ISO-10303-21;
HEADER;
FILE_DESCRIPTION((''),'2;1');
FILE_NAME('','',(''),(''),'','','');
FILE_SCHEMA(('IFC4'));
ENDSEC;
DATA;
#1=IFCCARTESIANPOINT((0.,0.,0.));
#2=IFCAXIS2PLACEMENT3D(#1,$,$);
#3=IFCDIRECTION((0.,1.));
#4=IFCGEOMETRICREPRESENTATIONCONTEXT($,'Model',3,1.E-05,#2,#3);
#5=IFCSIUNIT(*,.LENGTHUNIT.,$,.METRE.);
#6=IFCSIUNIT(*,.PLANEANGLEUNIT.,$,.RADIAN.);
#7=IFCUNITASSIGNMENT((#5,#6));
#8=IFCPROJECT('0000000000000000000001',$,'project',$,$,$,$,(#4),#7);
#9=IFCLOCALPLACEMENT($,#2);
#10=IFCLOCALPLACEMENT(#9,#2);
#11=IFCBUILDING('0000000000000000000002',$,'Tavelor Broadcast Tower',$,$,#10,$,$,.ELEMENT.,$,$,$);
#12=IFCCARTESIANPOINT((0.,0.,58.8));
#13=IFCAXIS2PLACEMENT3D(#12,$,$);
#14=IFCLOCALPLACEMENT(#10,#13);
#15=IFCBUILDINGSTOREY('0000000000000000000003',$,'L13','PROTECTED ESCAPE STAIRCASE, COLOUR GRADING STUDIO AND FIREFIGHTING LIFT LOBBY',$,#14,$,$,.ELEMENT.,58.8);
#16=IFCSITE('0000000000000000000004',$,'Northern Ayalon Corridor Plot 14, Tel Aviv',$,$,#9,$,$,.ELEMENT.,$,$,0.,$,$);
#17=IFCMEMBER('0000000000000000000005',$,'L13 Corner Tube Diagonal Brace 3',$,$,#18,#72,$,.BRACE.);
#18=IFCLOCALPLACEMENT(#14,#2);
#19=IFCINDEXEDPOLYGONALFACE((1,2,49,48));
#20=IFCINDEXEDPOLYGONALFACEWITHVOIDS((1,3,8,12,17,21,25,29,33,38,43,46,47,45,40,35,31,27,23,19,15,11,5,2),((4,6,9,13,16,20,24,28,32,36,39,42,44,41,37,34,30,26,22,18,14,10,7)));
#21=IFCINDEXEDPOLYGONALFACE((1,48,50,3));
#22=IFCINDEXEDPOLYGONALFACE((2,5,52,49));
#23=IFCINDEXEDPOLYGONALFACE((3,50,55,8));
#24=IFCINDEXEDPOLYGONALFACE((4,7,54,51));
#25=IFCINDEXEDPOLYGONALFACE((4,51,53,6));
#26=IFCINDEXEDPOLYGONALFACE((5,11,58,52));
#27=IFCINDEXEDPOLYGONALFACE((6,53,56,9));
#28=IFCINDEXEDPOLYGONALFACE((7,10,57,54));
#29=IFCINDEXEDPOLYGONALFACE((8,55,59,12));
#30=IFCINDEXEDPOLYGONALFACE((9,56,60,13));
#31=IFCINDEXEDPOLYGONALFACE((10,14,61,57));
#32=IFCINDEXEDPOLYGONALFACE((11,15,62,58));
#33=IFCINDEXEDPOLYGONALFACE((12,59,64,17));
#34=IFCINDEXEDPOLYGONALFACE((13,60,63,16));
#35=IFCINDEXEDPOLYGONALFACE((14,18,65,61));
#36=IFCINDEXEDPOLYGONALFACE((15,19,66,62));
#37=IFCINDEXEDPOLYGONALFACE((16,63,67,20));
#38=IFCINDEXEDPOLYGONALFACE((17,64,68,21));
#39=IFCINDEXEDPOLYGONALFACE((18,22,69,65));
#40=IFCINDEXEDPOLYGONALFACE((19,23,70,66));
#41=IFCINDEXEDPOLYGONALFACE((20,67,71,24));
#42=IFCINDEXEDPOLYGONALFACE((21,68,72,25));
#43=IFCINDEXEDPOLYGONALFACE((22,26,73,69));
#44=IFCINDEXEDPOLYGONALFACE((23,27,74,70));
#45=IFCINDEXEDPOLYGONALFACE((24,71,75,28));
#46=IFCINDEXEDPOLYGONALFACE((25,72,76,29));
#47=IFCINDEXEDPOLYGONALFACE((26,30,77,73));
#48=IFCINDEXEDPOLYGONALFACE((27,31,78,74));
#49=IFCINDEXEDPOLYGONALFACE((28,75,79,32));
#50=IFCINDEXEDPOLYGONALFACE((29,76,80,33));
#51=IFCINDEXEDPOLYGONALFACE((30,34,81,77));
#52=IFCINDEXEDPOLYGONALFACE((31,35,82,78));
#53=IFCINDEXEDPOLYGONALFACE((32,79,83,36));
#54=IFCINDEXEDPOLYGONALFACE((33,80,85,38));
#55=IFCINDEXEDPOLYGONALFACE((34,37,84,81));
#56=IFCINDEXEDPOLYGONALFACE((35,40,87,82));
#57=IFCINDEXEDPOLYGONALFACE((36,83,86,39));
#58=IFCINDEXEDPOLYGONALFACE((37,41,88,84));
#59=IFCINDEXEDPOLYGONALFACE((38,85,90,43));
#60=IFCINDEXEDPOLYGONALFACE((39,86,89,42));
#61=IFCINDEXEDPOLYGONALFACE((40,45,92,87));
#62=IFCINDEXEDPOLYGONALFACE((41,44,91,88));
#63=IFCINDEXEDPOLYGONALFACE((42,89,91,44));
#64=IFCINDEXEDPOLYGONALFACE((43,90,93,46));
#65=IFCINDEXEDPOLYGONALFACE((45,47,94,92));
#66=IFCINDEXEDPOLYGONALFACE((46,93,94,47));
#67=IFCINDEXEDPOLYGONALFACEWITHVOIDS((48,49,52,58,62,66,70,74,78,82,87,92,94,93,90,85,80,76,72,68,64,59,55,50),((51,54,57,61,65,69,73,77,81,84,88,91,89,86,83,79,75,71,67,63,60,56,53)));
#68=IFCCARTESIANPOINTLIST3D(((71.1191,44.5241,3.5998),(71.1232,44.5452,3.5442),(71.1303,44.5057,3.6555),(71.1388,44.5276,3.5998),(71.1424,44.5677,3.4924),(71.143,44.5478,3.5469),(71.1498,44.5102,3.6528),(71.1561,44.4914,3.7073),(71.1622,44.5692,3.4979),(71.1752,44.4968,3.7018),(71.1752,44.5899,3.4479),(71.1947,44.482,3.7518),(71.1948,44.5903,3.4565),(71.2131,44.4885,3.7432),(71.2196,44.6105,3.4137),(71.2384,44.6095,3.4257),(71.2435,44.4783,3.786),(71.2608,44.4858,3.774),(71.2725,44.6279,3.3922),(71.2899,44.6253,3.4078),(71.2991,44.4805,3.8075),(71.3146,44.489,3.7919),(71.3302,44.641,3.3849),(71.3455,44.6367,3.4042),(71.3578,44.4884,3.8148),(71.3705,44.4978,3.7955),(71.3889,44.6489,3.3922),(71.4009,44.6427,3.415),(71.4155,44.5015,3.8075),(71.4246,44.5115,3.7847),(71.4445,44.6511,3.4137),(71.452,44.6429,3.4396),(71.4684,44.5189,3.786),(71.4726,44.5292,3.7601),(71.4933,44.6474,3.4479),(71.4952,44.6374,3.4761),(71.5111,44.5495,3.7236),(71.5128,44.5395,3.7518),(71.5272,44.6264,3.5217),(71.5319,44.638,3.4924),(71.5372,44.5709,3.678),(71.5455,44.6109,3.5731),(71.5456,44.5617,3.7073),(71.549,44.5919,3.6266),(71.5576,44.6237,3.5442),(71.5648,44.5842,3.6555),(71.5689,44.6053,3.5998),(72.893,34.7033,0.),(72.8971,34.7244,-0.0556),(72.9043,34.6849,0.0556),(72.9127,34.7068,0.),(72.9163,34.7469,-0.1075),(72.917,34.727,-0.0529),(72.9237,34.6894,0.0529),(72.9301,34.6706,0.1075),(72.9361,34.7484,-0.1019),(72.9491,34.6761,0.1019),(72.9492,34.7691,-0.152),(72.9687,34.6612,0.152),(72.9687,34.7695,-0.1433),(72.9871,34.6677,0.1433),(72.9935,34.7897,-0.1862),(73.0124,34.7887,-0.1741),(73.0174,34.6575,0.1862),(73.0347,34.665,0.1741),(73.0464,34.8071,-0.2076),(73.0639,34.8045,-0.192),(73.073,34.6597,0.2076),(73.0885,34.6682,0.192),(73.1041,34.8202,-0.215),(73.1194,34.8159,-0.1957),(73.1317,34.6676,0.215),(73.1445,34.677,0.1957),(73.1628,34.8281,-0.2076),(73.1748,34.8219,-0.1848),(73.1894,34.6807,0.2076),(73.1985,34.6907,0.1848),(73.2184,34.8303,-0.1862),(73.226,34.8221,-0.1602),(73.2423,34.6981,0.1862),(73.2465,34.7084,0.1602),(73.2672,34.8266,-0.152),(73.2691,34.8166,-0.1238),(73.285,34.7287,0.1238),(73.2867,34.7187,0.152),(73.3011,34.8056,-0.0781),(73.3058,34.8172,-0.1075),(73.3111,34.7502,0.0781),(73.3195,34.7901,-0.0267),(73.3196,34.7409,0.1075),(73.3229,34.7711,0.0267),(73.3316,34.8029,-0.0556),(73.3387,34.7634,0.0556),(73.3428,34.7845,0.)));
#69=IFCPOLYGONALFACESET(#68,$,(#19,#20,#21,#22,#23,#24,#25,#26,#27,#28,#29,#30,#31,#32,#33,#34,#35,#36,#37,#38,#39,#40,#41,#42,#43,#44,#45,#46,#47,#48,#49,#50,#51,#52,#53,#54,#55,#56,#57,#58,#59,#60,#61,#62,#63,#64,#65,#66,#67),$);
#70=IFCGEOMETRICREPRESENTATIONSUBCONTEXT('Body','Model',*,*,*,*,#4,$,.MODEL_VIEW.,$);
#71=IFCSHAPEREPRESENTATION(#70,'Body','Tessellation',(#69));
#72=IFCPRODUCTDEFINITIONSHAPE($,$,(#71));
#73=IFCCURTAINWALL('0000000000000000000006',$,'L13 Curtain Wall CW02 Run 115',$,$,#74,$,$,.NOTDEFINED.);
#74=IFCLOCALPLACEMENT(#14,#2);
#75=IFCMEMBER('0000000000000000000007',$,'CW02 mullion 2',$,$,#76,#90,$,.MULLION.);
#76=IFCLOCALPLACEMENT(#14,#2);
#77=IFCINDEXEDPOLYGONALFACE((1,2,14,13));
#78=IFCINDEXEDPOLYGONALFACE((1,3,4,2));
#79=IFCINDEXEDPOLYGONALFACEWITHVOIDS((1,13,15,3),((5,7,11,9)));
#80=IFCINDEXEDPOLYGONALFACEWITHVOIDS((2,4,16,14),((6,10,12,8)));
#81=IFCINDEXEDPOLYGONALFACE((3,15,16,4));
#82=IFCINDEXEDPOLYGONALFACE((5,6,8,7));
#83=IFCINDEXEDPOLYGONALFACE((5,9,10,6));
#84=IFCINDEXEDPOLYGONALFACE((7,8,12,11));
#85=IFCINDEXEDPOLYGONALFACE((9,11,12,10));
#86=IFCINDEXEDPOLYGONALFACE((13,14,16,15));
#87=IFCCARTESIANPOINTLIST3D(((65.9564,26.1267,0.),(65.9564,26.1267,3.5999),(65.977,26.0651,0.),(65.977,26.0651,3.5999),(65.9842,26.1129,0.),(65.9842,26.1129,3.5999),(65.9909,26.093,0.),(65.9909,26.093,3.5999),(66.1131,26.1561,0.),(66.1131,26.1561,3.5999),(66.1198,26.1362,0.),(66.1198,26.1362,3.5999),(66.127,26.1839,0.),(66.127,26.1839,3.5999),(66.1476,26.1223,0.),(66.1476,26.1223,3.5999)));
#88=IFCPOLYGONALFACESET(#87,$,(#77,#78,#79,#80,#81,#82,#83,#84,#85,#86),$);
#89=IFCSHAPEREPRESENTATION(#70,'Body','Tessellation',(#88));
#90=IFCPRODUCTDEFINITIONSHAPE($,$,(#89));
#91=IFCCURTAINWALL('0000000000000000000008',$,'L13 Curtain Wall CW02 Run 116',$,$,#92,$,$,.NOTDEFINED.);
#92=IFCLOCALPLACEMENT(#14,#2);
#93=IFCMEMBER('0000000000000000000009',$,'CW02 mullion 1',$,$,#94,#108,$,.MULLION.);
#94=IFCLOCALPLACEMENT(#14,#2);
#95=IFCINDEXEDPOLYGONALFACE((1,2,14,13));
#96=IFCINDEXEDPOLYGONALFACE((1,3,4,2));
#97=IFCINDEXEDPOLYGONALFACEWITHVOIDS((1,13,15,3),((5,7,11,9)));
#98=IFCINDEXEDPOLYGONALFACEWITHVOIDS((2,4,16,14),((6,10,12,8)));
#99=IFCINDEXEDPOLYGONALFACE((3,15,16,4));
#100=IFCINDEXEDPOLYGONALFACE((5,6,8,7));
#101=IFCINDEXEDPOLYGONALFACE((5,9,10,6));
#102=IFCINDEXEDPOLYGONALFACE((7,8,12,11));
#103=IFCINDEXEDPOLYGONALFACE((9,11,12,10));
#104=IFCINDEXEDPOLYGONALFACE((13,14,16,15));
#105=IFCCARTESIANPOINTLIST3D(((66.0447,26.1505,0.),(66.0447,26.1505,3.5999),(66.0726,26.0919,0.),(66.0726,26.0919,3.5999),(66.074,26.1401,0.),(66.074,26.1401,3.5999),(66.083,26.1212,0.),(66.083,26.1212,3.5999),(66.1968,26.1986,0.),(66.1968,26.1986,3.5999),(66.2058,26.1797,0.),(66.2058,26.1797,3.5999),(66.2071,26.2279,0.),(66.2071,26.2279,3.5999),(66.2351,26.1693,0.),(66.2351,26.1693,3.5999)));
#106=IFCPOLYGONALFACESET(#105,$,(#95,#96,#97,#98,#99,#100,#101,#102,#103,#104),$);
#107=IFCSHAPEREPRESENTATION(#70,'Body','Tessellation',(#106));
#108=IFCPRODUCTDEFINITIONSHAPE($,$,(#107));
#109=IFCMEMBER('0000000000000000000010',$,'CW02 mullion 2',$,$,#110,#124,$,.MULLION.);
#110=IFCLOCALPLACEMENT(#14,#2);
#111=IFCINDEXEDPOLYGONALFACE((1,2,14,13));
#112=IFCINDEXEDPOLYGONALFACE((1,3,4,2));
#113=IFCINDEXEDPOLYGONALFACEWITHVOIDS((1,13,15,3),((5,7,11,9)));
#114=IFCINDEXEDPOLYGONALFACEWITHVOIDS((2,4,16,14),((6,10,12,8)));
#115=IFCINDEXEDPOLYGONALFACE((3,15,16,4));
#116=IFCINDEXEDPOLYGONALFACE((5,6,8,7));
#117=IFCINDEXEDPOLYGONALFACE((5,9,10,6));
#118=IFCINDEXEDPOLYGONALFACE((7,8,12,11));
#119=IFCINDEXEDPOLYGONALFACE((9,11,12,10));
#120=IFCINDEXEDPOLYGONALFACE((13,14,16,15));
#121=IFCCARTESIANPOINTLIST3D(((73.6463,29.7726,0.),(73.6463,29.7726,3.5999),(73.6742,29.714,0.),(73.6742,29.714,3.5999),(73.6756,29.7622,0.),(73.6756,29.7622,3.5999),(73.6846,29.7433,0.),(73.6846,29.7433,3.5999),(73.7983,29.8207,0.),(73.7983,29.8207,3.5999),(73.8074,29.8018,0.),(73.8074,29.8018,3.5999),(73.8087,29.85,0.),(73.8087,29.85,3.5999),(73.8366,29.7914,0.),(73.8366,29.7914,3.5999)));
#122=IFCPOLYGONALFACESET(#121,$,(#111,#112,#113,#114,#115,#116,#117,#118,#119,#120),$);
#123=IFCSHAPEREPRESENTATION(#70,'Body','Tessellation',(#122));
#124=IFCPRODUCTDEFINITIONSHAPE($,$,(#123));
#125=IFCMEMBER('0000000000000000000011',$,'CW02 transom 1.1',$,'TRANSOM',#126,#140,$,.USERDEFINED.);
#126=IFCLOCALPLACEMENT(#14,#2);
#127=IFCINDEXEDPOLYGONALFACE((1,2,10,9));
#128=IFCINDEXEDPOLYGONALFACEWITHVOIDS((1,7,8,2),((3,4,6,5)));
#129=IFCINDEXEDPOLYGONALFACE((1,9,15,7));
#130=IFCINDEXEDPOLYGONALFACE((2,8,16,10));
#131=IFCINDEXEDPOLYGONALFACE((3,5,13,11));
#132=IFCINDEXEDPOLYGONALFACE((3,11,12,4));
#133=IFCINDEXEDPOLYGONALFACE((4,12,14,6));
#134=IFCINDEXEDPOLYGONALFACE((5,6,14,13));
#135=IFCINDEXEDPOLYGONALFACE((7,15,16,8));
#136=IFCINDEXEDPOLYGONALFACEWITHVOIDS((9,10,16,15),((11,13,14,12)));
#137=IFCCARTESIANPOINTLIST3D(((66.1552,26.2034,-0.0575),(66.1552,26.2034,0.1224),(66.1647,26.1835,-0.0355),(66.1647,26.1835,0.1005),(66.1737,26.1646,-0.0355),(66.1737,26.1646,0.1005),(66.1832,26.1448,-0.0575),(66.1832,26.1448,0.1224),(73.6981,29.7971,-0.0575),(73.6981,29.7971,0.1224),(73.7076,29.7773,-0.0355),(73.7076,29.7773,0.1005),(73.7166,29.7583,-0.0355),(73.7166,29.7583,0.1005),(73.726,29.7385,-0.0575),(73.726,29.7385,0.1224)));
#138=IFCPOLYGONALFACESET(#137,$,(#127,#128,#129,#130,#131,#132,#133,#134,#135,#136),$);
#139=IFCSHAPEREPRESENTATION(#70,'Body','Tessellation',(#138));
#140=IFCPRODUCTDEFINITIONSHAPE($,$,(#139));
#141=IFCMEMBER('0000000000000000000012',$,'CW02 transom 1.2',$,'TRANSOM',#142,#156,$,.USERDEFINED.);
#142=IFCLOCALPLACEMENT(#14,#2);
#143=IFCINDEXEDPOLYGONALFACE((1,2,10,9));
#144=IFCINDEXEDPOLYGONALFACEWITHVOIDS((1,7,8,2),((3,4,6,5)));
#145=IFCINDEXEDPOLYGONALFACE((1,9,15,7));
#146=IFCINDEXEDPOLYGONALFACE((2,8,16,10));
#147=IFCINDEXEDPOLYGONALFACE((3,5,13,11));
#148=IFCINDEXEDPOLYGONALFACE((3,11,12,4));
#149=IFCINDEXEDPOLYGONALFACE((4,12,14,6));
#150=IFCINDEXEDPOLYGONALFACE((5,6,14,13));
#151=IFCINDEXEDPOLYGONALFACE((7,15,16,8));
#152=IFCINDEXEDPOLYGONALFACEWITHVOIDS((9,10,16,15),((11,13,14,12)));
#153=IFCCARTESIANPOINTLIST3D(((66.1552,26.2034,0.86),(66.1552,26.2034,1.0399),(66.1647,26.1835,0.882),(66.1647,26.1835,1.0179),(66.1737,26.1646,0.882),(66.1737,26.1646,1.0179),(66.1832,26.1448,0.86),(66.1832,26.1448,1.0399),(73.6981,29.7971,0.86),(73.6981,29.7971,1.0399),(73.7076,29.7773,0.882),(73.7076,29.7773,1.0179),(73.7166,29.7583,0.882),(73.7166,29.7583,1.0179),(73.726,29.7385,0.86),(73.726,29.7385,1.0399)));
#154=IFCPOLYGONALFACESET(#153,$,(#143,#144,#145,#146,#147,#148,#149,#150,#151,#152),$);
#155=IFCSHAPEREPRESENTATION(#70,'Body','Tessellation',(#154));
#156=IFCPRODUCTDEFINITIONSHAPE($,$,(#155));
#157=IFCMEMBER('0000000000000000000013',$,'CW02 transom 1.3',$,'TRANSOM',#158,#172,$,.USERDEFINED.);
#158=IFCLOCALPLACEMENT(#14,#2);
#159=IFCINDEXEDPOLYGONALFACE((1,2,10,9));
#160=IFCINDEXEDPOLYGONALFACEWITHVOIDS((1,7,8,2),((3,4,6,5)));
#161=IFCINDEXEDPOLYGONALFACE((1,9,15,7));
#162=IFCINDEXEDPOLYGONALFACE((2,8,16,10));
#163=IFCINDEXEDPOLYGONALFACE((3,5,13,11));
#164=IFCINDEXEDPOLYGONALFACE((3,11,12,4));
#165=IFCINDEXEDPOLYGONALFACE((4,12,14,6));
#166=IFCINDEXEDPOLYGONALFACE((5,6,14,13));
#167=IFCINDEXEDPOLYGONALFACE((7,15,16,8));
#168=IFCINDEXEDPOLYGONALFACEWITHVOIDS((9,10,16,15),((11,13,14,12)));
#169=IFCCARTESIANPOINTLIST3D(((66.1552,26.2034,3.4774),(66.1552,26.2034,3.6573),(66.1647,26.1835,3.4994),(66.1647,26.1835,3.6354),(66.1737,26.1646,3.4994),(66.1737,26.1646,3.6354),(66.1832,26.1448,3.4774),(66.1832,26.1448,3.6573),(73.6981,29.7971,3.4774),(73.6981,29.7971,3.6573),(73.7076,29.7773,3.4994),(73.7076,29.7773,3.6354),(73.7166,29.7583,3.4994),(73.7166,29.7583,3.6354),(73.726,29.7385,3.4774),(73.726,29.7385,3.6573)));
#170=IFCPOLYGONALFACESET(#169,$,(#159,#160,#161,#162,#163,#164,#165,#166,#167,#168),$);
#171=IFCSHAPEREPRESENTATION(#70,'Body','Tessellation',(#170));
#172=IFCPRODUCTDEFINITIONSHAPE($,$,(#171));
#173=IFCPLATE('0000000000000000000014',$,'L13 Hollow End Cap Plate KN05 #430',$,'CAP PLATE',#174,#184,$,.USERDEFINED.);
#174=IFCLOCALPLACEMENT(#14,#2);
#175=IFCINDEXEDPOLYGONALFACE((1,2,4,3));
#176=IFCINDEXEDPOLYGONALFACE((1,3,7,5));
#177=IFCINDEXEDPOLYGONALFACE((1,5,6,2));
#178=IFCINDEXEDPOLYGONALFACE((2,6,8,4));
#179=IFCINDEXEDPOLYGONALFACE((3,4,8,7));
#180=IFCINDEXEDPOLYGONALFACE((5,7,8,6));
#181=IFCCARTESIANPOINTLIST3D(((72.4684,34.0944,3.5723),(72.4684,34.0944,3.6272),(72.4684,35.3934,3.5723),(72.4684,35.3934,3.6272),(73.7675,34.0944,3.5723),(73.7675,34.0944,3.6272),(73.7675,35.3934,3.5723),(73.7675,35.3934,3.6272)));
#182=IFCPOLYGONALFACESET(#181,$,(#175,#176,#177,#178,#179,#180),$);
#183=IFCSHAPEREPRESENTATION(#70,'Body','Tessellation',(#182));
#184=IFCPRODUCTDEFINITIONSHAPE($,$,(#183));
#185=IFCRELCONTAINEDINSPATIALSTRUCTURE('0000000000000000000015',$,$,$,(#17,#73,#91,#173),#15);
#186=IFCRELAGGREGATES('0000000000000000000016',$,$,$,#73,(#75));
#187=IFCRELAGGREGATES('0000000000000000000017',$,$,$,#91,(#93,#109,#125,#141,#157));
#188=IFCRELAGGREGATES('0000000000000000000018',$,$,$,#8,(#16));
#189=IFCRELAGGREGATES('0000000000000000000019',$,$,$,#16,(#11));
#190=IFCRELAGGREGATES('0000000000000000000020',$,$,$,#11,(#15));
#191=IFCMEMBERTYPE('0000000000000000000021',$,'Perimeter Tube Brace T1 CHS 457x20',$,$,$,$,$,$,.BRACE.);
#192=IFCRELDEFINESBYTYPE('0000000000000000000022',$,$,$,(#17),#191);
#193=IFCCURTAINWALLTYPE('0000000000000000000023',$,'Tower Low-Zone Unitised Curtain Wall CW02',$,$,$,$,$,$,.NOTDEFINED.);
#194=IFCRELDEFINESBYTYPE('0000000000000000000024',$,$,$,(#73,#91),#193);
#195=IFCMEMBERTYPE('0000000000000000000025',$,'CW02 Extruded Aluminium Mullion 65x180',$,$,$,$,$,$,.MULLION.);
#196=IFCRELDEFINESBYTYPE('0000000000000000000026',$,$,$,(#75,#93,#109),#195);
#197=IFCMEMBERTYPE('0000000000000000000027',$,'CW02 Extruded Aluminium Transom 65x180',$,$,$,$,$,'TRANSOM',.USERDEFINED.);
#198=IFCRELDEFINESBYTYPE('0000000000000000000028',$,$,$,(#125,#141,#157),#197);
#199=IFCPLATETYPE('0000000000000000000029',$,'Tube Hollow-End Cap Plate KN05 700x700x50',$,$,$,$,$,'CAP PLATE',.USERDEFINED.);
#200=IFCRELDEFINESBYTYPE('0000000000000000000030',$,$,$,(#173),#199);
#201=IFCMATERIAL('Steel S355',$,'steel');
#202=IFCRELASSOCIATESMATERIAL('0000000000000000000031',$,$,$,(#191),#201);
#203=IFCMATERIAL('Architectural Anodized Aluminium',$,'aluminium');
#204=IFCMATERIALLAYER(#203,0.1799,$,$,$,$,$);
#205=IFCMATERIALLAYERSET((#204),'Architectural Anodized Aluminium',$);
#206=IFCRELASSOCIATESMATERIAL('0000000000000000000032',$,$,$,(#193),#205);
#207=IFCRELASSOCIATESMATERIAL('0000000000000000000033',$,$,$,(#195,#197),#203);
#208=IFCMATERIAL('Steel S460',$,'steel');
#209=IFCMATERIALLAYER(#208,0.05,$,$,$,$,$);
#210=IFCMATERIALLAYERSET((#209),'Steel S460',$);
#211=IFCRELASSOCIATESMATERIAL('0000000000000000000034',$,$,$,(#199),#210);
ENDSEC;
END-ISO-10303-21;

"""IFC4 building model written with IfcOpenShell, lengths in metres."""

from ifc_helpers import new_model, si_unit, direction, frame, origin, origin_2d, place, context, subcontext, project, spatial, rectangle, hollow_rectangle, hollow_circle, extrude, source, transform, mapped, material, layer, layer_set, material_profile, profile_set, type_object, type_shapes, element, aggregate, save


model = new_model("IFC4")

# Units and contexts
model_context = context("Model", 3, precision=1e-05, world=origin(), true_north=direction((0.0, 1.0)))
body_context = subcontext(model_context, "Body", "Model", "MODEL_VIEW")
ifc_project = project(units=[si_unit("LENGTHUNIT", "METRE"), si_unit("PLANEANGLEUNIT", "RADIAN")], contexts=[model_context])

# Site, building, storey
site_placement = place(None, origin())
site = spatial("IfcSite", under=ifc_project, at=site_placement, Name="Northern Ayalon Corridor Plot 14, Tel Aviv", CompositionType="ELEMENT", RefElevation=0.0)
building_placement = place(site_placement, origin())
building = spatial("IfcBuilding", under=site, at=building_placement, Name="Tavelor Broadcast Tower", CompositionType="ELEMENT")
storey_placement = place(building_placement, frame((0.0, 0.0, 58.8)))
storey = spatial("IfcBuildingStorey", under=building, at=storey_placement, Name="L13", Description="PROTECTED ESCAPE STAIRCASE, COLOUR GRADING STUDIO AND FIREFIGHTING LIFT LOBBY", CompositionType="ELEMENT", Elevation=58.8)

# Shared definitions
ifc_material_1 = material(Name="Steel S460", Category="steel")

# Shared definitions
ifc_material_2 = material(Name="Steel S355", Category="steel")

# Member
ifc_material_profile_1 = material_profile(ifc_material_2, hollow_circle(Radius=0.2285, WallThickness=0.02, at=origin_2d()), Name="CHS 457x20")
ifc_profile_set_1 = profile_set([ifc_material_profile_1], Name="Steel S355")
member_type_1 = type_object("IfcMemberType", Name="Perimeter Tube Brace T1 CHS 457x20", PredefinedType="BRACE", material=ifc_profile_set_1)
member_1_placement = place(storey_placement, frame((73.1179, 34.7439, 0.0), z_axis=(-0.167207, 0.925692, 0.339316), x_axis=(-0.984075, -0.177753, 0.0)))
element("IfcMember", 1, at=member_1_placement, inside=storey, type_object=member_type_1, Name="L13 Corner Tube Diagonal Brace 3", PredefinedType="BRACE", context=body_context, shape_type="SweptSolid", body=[
    extrude(hollow_circle(Radius=0.2285, WallThickness=0.02, at=origin_2d()), origin(), (0.0, 0.0, 1.0), 10.6091),
])

# Curtain wall, member
ifc_material_3 = material(Name="Architectural Anodized Aluminium", Category="aluminium")
ifc_layer_1 = layer(ifc_material_3, 0.1799)
ifc_layer_set_1 = layer_set([ifc_layer_1], Name="Architectural Anodized Aluminium")
curtain_wall_type = type_object("IfcCurtainWallType", Name="Tower Low-Zone Unitised Curtain Wall CW02", PredefinedType="NOTDEFINED", material=ifc_layer_set_1)
curtain_wall_1_placement = place(storey_placement, origin())
curtain_wall_1 = element("IfcCurtainWall", 2, at=curtain_wall_1_placement, inside=storey, type_object=curtain_wall_type, Name="L13 Curtain Wall CW02 Run 115", PredefinedType="NOTDEFINED")
ifc_material_profile_2 = material_profile(ifc_material_3, hollow_rectangle(XDim=0.0649, YDim=0.1799, WallThickness=0.022, at=origin_2d()), Name="RHS 65x180x22")
ifc_profile_set_2 = profile_set([ifc_material_profile_2], Name="Architectural Anodized Aluminium")
member_type_2 = type_object("IfcMemberType", Name="CW02 Extruded Aluminium Mullion 65x180", PredefinedType="MULLION", material=ifc_profile_set_2)
shared_shape_1 = source(origin(), body_context, "Body", "SweptSolid", [
    extrude(hollow_rectangle(XDim=0.0649, YDim=0.1799, WallThickness=0.022, at=origin_2d()), origin(), (0.0, 0.0, 1.0), 3.5999),
])
type_shapes(member_type_2, [shared_shape_1])
member_2_placement = place(storey_placement, frame((66.052, 26.1245, 0.0), z_axis=(0.0, 0.0, 1.0), x_axis=(-0.317733, 0.94818, 0.0)))
member_2 = element("IfcMember", 3, at=member_2_placement, type_object=member_type_2, Name="CW02 mullion 2", PredefinedType="MULLION", context=body_context, shape_type="MappedRepresentation", body=[
    mapped(shared_shape_1, transform((0.0, 0.0, 0.0), scale=1.0)),
])
aggregate(curtain_wall_1, [member_2])

# Curtain wall, members
curtain_wall_2_placement = place(storey_placement, origin())
curtain_wall_2 = element("IfcCurtainWall", 4, at=curtain_wall_2_placement, inside=storey, type_object=curtain_wall_type, Name="L13 Curtain Wall CW02 Run 116", PredefinedType="NOTDEFINED")
member_3_placement = place(storey_placement, frame((66.1399, 26.1599, 0.0), z_axis=(0.0, 0.0, 1.0), x_axis=(-0.430134, 0.902765, 0.0)))
member_3 = element("IfcMember", 5, at=member_3_placement, type_object=member_type_2, Name="CW02 mullion 1", PredefinedType="MULLION", context=body_context, shape_type="MappedRepresentation", body=[
    mapped(shared_shape_1, transform((0.0, 0.0, 0.0), scale=1.0)),
])
member_4_placement = place(storey_placement, frame((73.7415, 29.782, 0.0), z_axis=(0.0, 0.0, 1.0), x_axis=(-0.430134, 0.902765, 0.0)))
member_4 = element("IfcMember", 6, at=member_4_placement, type_object=member_type_2, Name="CW02 mullion 2", PredefinedType="MULLION", context=body_context, shape_type="MappedRepresentation", body=[
    mapped(shared_shape_1, transform((0.0, 0.0, 0.0), scale=1.0)),
])
ifc_material_profile_3 = material_profile(ifc_material_3, hollow_rectangle(XDim=0.0649, YDim=0.1799, WallThickness=0.022, at=origin_2d()), Name="RHS 65x180x22")
ifc_profile_set_3 = profile_set([ifc_material_profile_3], Name="Architectural Anodized Aluminium")
member_type_3 = type_object("IfcMemberType", Name="CW02 Extruded Aluminium Transom 65x180", ElementType="TRANSOM", PredefinedType="USERDEFINED", material=ifc_profile_set_3)
shared_shape_2 = source(origin(), body_context, "Body", "SweptSolid", [
    extrude(hollow_rectangle(XDim=0.0649, YDim=0.1799, WallThickness=0.022, at=origin_2d()), origin(), (0.0, 0.0, 1.0), 8.3552),
])
type_shapes(member_type_3, [shared_shape_2])
member_5_placement = place(storey_placement, frame((66.1692, 26.1741, 0.0325), z_axis=(0.902774, 0.430115, 0.0), x_axis=(-0.430115, 0.902774, 0.0)))
member_5 = element("IfcMember", 7, at=member_5_placement, type_object=member_type_3, Name="CW02 transom 1.1", ObjectType="TRANSOM", PredefinedType="USERDEFINED", context=body_context, shape_type="MappedRepresentation", body=[
    mapped(shared_shape_2, transform((0.0, 0.0, 0.0), scale=1.0)),
])
member_6_placement = place(storey_placement, frame((66.1692, 26.1741, 0.95), z_axis=(0.902774, 0.430115, 0.0), x_axis=(-0.430115, 0.902774, 0.0)))
member_6 = element("IfcMember", 8, at=member_6_placement, type_object=member_type_3, Name="CW02 transom 1.2", ObjectType="TRANSOM", PredefinedType="USERDEFINED", context=body_context, shape_type="MappedRepresentation", body=[
    mapped(shared_shape_2, transform((0.0, 0.0, 0.0), scale=1.0)),
])
member_7_placement = place(storey_placement, frame((66.1692, 26.1741, 3.5674), z_axis=(0.902774, 0.430115, 0.0), x_axis=(-0.430115, 0.902774, 0.0)))
member_7 = element("IfcMember", 9, at=member_7_placement, type_object=member_type_3, Name="CW02 transom 1.3", ObjectType="TRANSOM", PredefinedType="USERDEFINED", context=body_context, shape_type="MappedRepresentation", body=[
    mapped(shared_shape_2, transform((0.0, 0.0, 0.0), scale=1.0)),
])

# Plate
ifc_layer_2 = layer(ifc_material_1, 0.05)
ifc_layer_set_2 = layer_set([ifc_layer_2], Name="Steel S460")
plate_type_1 = type_object("IfcPlateType", Name="Tube Hollow-End Cap Plate KN05 700x700x50", ElementType="CAP PLATE", PredefinedType="USERDEFINED", material=ifc_layer_set_2)
shared_shape_3 = source(origin(), body_context, "Body", "SweptSolid", [
    extrude(rectangle(XDim=1.2991, YDim=1.2991, at=origin_2d()), origin(), (0.0, 0.0, 1.0), 0.0549),
])
plate_1_placement = place(storey_placement, frame((73.1179, 34.7439, 3.5723), z_axis=(0.0, 0.0, 1.0), x_axis=(1.0, 0.0, 0.0)))
element("IfcPlate", 10, at=plate_1_placement, inside=storey, type_object=plate_type_1, Name="L13 Hollow End Cap Plate KN05 #430", ObjectType="CAP PLATE", PredefinedType="USERDEFINED", context=body_context, shape_type="MappedRepresentation", body=[
    mapped(shared_shape_3, transform((0.0, 0.0, 0.0), scale=1.0)),
])

aggregate(curtain_wall_2, [member_3, member_4, member_5, member_6, member_7])

save(model, "model.ifc")
